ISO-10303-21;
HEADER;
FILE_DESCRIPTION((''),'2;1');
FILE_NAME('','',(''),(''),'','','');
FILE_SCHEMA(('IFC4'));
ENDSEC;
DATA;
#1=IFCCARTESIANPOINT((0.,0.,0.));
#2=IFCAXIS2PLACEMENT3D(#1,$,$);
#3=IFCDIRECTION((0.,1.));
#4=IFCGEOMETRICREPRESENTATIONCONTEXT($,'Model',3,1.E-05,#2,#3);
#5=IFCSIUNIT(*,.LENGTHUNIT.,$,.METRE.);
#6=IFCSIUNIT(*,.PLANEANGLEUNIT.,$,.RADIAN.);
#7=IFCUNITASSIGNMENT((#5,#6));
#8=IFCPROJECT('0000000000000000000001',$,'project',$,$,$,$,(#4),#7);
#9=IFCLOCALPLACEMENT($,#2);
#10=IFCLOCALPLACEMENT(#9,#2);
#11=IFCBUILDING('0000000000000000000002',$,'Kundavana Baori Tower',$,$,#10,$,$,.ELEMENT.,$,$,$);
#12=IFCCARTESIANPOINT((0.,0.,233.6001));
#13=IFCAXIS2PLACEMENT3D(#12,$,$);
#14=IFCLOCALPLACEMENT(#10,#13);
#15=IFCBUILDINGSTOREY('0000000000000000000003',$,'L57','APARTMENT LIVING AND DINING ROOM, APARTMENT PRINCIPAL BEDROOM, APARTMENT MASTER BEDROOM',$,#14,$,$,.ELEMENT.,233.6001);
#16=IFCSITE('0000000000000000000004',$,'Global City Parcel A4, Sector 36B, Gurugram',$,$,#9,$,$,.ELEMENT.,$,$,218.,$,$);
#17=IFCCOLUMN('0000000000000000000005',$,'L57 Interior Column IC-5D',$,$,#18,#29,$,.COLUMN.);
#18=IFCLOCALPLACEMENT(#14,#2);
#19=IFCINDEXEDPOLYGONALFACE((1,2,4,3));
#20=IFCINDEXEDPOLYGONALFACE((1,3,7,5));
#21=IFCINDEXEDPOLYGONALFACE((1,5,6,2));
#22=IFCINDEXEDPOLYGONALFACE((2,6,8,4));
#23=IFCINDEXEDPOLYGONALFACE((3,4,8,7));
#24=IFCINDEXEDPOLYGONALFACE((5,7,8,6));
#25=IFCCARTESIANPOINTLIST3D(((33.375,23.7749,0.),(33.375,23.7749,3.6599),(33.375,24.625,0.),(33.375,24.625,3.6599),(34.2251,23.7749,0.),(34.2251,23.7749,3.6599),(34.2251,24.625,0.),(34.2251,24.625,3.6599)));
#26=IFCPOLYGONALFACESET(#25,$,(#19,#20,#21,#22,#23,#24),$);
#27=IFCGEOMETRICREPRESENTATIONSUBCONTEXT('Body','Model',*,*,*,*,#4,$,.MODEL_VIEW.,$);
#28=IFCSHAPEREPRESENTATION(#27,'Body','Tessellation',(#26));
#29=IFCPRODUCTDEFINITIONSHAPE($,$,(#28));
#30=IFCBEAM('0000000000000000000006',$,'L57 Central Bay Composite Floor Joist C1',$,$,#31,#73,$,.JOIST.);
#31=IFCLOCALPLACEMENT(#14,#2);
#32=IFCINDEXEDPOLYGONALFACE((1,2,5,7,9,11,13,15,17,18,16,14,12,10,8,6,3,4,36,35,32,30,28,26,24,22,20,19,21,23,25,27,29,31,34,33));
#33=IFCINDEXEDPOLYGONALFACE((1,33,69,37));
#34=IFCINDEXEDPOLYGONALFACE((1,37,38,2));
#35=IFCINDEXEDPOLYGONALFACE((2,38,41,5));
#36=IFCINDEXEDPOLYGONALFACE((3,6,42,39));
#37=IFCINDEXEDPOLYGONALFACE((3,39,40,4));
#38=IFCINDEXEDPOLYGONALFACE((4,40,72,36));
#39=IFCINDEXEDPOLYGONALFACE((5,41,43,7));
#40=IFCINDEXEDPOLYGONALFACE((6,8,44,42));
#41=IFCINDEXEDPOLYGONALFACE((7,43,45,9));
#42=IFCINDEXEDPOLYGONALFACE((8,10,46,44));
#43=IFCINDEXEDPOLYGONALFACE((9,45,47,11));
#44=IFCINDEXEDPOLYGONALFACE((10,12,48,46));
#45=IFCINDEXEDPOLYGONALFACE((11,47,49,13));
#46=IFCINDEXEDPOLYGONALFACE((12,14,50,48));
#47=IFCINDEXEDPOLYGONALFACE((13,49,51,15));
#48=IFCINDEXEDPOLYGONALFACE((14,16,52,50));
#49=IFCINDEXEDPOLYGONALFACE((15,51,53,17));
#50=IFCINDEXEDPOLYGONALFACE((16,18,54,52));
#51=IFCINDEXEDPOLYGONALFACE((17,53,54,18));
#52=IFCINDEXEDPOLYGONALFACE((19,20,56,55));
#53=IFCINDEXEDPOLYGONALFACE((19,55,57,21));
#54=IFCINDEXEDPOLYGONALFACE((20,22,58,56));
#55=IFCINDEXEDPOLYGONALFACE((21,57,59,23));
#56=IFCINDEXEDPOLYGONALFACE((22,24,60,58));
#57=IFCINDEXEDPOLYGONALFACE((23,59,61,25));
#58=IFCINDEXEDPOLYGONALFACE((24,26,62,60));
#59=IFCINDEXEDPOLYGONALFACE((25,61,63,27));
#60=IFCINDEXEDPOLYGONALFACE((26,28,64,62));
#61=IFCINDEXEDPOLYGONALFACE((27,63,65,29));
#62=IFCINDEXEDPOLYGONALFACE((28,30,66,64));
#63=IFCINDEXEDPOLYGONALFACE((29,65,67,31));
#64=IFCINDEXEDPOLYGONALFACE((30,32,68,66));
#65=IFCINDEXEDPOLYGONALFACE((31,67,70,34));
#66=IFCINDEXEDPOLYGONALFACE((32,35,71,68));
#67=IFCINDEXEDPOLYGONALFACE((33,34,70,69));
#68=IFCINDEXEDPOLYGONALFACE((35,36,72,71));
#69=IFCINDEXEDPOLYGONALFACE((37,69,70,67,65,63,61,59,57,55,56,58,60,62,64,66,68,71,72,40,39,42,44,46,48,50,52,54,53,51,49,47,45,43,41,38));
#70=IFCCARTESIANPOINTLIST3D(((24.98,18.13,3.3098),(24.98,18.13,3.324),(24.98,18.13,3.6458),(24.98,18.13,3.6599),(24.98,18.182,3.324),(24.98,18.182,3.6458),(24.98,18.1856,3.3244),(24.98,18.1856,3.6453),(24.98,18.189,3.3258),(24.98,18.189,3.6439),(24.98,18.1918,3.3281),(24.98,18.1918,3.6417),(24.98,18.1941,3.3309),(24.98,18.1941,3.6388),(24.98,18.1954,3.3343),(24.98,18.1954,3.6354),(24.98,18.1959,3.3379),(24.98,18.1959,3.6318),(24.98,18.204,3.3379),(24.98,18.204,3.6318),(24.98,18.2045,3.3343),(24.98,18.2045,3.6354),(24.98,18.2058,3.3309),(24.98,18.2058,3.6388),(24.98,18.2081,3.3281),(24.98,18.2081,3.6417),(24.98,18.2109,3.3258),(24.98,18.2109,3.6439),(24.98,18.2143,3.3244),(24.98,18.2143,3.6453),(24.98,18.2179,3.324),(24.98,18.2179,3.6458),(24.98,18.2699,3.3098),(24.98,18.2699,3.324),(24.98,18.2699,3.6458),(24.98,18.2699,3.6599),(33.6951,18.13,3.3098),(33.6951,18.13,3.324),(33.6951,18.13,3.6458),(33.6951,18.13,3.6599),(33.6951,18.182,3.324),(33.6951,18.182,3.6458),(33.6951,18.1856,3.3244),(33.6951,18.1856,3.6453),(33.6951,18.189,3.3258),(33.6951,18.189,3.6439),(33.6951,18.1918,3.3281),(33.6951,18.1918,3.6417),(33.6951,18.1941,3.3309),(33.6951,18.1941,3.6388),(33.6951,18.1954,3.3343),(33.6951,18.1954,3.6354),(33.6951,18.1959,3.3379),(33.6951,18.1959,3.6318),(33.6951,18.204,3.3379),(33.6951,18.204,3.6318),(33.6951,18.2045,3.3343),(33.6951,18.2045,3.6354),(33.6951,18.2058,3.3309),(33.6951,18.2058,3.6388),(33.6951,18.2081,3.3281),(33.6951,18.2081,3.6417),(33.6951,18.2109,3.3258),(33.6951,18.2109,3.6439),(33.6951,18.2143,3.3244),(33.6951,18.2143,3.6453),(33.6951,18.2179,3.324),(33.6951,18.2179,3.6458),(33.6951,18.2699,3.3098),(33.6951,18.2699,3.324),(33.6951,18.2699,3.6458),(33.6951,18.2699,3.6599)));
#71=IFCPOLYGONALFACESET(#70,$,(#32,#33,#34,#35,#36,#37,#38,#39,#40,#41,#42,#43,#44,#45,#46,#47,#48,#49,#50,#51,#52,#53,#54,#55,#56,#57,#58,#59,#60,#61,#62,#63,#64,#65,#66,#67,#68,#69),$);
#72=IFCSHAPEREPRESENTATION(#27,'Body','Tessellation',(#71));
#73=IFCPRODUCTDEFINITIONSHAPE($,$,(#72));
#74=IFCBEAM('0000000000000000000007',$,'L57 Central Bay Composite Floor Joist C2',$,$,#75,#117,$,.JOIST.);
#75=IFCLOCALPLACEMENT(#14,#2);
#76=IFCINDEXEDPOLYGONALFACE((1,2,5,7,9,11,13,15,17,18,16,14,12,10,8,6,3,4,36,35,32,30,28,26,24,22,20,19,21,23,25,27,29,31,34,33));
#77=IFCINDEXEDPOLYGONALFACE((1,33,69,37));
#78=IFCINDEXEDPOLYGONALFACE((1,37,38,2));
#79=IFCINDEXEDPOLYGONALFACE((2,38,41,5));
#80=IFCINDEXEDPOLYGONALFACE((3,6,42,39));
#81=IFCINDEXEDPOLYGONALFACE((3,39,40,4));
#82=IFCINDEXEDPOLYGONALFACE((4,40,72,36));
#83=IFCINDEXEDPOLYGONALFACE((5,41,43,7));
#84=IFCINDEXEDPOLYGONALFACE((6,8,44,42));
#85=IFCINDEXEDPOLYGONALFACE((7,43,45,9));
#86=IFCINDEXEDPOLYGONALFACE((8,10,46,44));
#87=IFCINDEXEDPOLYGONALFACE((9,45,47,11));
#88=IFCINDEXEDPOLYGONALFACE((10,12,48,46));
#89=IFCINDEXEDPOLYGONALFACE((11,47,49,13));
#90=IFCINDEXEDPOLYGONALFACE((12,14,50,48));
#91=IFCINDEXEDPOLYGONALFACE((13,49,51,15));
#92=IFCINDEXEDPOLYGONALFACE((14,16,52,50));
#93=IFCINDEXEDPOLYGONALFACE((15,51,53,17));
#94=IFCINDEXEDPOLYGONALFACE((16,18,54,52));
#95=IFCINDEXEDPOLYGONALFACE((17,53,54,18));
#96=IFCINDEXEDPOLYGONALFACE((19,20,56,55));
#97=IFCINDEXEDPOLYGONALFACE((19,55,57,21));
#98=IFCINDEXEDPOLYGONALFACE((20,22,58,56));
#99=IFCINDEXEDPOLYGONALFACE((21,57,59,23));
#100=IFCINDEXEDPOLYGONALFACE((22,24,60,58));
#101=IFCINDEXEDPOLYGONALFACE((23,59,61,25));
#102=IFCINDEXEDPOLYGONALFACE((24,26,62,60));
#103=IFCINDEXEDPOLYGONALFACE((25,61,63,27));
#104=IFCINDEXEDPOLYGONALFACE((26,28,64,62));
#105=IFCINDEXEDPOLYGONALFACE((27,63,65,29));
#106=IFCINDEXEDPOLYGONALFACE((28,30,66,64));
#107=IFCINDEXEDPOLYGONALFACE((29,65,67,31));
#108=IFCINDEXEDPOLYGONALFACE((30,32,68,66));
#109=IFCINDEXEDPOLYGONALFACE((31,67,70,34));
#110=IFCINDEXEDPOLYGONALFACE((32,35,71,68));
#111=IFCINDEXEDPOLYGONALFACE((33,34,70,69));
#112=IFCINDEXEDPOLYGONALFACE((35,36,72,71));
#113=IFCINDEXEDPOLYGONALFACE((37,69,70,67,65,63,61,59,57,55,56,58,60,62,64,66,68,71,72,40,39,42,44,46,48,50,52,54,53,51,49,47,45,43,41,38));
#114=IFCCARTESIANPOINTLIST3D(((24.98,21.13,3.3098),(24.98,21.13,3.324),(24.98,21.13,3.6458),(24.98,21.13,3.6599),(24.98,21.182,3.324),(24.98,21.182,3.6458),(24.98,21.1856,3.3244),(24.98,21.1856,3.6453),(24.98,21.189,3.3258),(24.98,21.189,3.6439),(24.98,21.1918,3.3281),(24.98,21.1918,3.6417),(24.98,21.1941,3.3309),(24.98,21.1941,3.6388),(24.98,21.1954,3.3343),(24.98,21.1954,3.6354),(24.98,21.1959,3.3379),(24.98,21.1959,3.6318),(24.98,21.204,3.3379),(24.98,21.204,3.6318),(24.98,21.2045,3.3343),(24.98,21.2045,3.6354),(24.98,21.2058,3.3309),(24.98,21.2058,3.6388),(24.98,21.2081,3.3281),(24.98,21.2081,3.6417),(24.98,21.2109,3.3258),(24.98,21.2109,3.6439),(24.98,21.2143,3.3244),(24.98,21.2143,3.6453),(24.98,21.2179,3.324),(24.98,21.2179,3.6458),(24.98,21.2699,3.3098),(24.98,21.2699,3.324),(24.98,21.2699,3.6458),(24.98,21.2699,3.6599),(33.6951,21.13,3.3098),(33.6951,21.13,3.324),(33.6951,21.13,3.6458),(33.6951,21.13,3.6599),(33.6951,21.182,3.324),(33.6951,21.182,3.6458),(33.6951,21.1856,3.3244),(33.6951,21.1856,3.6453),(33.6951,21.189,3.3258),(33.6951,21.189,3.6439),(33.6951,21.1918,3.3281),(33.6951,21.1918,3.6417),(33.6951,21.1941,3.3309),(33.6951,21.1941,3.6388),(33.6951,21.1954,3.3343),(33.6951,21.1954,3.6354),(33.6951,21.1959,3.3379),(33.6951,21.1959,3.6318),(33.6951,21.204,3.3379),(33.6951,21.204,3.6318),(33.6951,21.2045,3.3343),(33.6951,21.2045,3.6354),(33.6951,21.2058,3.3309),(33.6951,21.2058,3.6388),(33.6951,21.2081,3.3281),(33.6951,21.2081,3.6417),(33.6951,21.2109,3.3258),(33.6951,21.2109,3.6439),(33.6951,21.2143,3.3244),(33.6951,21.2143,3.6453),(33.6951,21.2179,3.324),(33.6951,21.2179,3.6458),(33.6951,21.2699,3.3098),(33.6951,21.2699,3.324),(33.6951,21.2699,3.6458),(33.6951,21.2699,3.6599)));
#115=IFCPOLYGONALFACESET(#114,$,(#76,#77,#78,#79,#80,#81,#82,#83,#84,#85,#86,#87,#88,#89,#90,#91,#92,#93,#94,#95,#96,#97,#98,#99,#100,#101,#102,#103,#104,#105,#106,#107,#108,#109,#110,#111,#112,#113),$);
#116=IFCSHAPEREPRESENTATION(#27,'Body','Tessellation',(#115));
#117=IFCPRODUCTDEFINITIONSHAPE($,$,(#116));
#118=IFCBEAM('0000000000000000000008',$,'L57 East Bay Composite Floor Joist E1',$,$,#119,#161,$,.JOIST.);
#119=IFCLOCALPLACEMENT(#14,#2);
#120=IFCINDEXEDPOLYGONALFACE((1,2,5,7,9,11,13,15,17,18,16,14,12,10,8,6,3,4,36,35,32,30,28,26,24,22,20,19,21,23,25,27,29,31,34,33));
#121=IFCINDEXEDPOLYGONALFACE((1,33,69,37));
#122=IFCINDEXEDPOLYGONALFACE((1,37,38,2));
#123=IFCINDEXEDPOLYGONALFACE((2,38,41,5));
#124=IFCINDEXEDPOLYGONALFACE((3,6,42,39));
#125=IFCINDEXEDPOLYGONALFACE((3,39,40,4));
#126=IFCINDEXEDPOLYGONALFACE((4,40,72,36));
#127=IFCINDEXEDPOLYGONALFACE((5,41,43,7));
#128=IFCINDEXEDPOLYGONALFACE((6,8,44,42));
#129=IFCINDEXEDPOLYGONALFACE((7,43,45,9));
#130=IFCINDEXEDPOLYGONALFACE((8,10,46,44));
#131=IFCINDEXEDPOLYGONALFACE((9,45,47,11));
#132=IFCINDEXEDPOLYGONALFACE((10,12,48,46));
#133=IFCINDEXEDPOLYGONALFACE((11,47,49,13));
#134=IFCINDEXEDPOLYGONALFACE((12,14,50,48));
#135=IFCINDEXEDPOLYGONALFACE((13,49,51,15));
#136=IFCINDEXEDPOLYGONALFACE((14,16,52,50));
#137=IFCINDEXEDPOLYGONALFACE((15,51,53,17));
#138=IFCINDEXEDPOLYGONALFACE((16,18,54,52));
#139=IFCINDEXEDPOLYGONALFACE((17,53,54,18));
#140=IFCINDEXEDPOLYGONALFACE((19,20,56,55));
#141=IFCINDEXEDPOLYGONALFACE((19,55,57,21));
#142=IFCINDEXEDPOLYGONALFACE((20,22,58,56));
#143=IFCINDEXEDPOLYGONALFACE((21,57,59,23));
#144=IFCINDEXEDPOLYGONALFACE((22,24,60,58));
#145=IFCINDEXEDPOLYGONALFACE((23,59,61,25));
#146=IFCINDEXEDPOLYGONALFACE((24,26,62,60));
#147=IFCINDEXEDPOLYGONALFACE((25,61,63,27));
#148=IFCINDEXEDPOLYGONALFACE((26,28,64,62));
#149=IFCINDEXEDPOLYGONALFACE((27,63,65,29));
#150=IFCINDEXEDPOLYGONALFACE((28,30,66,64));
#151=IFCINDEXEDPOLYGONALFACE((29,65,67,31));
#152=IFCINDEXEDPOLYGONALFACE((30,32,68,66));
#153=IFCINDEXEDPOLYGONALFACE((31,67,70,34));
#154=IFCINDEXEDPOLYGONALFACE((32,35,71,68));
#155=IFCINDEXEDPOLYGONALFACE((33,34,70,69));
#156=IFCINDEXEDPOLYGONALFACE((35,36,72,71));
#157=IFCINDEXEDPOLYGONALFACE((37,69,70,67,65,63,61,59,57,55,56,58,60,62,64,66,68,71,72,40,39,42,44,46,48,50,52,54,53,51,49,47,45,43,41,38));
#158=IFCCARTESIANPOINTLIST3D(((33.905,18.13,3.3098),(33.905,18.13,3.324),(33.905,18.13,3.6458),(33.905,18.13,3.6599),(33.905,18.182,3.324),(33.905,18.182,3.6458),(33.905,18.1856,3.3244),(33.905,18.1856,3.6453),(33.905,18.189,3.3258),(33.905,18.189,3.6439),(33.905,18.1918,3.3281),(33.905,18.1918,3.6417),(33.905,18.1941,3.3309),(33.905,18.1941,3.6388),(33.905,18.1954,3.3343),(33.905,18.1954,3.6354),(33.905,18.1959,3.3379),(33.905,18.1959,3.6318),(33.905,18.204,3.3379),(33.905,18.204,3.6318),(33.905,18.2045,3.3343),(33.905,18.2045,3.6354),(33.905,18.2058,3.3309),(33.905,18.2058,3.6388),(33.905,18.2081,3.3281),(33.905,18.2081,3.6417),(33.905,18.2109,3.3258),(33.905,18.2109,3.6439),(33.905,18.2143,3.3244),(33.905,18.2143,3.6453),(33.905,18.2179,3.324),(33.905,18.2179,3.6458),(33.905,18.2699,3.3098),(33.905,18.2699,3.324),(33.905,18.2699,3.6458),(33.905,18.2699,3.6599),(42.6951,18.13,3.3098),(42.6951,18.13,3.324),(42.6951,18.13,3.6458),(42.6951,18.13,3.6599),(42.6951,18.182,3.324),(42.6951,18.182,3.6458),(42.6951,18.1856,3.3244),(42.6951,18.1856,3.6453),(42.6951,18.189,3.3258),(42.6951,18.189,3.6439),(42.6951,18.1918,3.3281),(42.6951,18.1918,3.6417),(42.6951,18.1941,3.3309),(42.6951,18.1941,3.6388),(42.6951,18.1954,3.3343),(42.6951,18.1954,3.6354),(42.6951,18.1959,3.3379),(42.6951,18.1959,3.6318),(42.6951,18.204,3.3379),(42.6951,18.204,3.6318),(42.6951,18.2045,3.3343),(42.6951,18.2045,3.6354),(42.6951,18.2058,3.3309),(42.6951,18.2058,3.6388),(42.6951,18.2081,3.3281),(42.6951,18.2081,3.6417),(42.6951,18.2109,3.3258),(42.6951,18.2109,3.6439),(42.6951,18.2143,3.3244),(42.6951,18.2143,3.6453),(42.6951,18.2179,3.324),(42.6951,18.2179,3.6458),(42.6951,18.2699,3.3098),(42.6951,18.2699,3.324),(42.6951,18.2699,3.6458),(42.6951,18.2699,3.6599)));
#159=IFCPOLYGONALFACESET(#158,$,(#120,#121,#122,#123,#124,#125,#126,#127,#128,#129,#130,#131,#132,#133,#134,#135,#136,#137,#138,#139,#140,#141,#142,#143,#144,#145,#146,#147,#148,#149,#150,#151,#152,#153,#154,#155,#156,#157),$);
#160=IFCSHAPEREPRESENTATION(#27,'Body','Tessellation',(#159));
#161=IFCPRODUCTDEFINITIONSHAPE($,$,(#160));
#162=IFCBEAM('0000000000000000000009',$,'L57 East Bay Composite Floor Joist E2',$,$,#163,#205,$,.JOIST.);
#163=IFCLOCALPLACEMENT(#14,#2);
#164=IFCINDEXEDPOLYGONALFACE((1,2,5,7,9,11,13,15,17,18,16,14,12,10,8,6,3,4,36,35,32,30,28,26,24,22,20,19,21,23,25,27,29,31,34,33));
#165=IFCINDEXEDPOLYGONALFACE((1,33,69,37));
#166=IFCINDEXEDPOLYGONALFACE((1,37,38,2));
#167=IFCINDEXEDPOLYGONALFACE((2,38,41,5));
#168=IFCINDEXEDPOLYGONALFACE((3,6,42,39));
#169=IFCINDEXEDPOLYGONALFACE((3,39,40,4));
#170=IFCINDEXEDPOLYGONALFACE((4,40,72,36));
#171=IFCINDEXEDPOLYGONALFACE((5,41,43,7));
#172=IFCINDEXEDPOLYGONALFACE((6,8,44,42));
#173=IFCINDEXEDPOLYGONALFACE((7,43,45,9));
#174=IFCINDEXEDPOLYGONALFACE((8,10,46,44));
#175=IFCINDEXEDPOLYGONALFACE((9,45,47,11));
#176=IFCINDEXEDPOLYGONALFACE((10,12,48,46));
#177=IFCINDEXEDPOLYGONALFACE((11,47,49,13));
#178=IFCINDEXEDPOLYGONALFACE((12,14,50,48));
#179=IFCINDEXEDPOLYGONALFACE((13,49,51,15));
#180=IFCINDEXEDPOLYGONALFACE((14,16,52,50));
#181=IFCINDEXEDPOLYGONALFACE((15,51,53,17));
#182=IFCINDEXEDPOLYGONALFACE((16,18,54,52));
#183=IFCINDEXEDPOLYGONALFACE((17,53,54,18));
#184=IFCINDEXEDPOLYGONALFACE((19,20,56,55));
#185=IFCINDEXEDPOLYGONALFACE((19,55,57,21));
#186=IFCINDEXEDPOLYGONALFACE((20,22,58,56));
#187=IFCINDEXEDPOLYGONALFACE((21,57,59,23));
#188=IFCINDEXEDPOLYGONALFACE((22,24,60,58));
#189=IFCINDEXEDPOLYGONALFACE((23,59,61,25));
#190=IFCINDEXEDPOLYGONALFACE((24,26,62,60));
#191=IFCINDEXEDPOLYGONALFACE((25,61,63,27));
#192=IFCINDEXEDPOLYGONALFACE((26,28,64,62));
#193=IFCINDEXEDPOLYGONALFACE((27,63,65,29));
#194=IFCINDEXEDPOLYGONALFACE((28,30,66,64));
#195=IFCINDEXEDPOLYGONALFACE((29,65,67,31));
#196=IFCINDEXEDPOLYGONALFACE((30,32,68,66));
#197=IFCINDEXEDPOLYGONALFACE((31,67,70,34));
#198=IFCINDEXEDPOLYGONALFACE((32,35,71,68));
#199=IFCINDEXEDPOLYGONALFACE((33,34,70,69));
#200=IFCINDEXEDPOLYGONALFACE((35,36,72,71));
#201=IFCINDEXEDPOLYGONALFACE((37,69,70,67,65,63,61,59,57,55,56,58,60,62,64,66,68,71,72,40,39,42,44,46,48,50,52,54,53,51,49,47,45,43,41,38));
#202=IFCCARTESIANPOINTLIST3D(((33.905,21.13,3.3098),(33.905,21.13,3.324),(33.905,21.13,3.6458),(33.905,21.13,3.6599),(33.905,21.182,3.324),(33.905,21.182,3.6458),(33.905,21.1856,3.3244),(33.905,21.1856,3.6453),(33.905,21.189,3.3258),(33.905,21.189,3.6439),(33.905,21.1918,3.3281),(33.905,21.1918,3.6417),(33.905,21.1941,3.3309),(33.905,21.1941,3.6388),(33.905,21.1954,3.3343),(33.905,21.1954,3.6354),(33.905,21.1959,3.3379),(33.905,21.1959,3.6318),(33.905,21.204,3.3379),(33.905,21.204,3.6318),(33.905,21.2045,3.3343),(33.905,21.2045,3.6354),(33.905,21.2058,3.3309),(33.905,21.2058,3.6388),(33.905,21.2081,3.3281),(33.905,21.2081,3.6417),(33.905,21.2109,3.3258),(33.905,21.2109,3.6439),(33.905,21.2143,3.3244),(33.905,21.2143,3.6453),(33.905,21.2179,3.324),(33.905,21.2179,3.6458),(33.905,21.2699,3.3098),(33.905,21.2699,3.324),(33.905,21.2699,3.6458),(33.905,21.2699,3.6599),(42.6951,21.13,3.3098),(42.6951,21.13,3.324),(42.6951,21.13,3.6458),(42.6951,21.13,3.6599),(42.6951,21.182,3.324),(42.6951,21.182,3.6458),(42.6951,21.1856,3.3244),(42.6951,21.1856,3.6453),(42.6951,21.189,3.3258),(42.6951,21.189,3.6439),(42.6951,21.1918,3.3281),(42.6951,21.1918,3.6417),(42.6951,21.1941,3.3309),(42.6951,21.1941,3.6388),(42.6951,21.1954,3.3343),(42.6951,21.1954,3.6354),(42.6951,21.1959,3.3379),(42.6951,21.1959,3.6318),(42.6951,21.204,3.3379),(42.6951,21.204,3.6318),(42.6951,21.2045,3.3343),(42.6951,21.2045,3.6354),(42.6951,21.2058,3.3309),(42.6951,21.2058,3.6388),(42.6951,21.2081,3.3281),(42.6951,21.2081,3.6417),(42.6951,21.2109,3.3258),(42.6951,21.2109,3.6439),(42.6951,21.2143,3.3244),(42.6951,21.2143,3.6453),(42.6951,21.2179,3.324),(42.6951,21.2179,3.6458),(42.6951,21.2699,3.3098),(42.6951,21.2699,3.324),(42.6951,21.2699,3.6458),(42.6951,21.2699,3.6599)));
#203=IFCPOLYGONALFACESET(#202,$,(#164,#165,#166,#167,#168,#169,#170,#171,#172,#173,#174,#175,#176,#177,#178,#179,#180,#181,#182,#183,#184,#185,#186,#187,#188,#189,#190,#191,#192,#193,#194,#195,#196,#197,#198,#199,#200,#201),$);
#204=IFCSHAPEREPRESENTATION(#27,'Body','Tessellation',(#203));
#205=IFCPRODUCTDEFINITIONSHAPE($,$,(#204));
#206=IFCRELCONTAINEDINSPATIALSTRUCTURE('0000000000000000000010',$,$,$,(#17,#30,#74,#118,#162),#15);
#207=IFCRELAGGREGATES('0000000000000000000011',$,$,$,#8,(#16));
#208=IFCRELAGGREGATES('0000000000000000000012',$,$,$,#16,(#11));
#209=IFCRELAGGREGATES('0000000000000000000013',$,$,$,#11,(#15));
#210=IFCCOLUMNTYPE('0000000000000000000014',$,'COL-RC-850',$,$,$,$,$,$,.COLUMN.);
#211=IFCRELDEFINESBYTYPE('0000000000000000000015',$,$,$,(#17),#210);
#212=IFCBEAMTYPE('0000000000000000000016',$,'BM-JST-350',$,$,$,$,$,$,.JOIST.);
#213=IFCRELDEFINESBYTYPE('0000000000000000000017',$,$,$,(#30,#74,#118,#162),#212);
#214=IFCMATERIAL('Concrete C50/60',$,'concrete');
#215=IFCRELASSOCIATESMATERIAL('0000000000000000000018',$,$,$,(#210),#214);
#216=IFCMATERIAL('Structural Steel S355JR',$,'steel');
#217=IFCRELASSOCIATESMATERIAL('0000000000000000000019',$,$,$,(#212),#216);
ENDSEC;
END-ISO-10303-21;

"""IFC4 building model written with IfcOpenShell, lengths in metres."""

from ifc_helpers import new_model, si_unit, direction, frame, origin, origin_2d, place, context, subcontext, project, spatial, rectangle, i_section, extrude, material, material_profile, profile_set, type_object, element, save


model = new_model("IFC4")

# Units and contexts
model_context = context("Model", 3, precision=1e-05, world=origin(), true_north=direction((0.0, 1.0)))
body_context = subcontext(model_context, "Body", "Model", "MODEL_VIEW")
ifc_project = project(units=[si_unit("LENGTHUNIT", "METRE"), si_unit("PLANEANGLEUNIT", "RADIAN")], contexts=[model_context])

# Site, building, storey
site_placement = place(None, origin())
site = spatial("IfcSite", under=ifc_project, at=site_placement, Name="Global City Parcel A4, Sector 36B, Gurugram", CompositionType="ELEMENT", RefElevation=218.0)
building_placement = place(site_placement, origin())
building = spatial("IfcBuilding", under=site, at=building_placement, Name="Kundavana Baori Tower", CompositionType="ELEMENT")
storey_placement = place(building_placement, frame((0.0, 0.0, 233.6001)))
storey = spatial("IfcBuildingStorey", under=building, at=storey_placement, Name="L57", Description="APARTMENT LIVING AND DINING ROOM, APARTMENT PRINCIPAL BEDROOM, APARTMENT MASTER BEDROOM", CompositionType="ELEMENT", Elevation=233.6001)

# Column
ifc_material_1 = material(Name="Concrete C50/60", Category="concrete")
ifc_material_profile_1 = material_profile(ifc_material_1, rectangle(XDim=0.8501, YDim=0.8501, at=origin_2d()), Name="RC 850x850")
ifc_profile_set_1 = profile_set([ifc_material_profile_1], Name="Concrete C50/60")
column_type = type_object("IfcColumnType", Name="COL-RC-850", PredefinedType="COLUMN", material=ifc_profile_set_1)
column_placement = place(storey_placement, frame((33.8, 24.2, 0.0), z_axis=(0.0, 0.0, 1.0), x_axis=(1.0, 0.0, 0.0)))
element("IfcColumn", 1, at=column_placement, inside=storey, type_object=column_type, Name="L57 Interior Column IC-5D", PredefinedType="COLUMN", context=body_context, shape_type="SweptSolid", body=[
    extrude(rectangle(XDim=0.8501, YDim=0.8501, at=origin_2d()), origin(), (0.0, 0.0, 1.0), 3.6599),
])

# Beams
ifc_material_2 = material(Name="Structural Steel S355JR", Category="steel")
ifc_material_profile_2 = material_profile(ifc_material_2, i_section(OverallWidth=0.1399, OverallDepth=0.3501, WebThickness=0.0081, FlangeThickness=0.0142, FilletRadius=0.0139, at=origin_2d()), Name="ISMB 350")
ifc_profile_set_2 = profile_set([ifc_material_profile_2], Name="Structural Steel S355JR")
beam_type_1 = type_object("IfcBeamType", Name="BM-JST-350", PredefinedType="JOIST", material=ifc_profile_set_2)
for number, where, z_axis, x_axis, name in (
    (2, (24.98, 18.2, 3.4849), (1.0, 0.0, 0.0), (0.0, 1.0, 0.0), "L57 Central Bay Composite Floor Joist C1"),
    (3, (24.98, 21.2, 3.4849), (1.0, 0.0, 0.0), (0.0, 1.0, 0.0), "L57 Central Bay Composite Floor Joist C2"),
):
    element("IfcBeam", number, at=place(storey_placement, frame(where, z_axis=z_axis, x_axis=x_axis)), inside=storey, type_object=beam_type_1, Name=name, PredefinedType="JOIST", context=body_context, shape_type="SweptSolid", body=[
        extrude(i_section(OverallWidth=0.1399, OverallDepth=0.3501, WebThickness=0.0081, FlangeThickness=0.0142, FilletRadius=0.0139, at=origin_2d()), origin(), (0.0, 0.0, 1.0), 8.7151),
    ])
for number, where, z_axis, x_axis, name in (
    (4, (33.905, 18.2, 3.4849), (1.0, 0.0, 0.0), (0.0, 1.0, 0.0), "L57 East Bay Composite Floor Joist E1"),
    (5, (33.905, 21.2, 3.4849), (1.0, 0.0, 0.0), (0.0, 1.0, 0.0), "L57 East Bay Composite Floor Joist E2"),
):
    element("IfcBeam", number, at=place(storey_placement, frame(where, z_axis=z_axis, x_axis=x_axis)), inside=storey, type_object=beam_type_1, Name=name, PredefinedType="JOIST", context=body_context, shape_type="SweptSolid", body=[
        extrude(i_section(OverallWidth=0.1399, OverallDepth=0.3501, WebThickness=0.0081, FlangeThickness=0.0142, FilletRadius=0.0139, at=origin_2d()), origin(), (0.0, 0.0, 1.0), 8.79),
    ])

save(model, "model.ifc")
